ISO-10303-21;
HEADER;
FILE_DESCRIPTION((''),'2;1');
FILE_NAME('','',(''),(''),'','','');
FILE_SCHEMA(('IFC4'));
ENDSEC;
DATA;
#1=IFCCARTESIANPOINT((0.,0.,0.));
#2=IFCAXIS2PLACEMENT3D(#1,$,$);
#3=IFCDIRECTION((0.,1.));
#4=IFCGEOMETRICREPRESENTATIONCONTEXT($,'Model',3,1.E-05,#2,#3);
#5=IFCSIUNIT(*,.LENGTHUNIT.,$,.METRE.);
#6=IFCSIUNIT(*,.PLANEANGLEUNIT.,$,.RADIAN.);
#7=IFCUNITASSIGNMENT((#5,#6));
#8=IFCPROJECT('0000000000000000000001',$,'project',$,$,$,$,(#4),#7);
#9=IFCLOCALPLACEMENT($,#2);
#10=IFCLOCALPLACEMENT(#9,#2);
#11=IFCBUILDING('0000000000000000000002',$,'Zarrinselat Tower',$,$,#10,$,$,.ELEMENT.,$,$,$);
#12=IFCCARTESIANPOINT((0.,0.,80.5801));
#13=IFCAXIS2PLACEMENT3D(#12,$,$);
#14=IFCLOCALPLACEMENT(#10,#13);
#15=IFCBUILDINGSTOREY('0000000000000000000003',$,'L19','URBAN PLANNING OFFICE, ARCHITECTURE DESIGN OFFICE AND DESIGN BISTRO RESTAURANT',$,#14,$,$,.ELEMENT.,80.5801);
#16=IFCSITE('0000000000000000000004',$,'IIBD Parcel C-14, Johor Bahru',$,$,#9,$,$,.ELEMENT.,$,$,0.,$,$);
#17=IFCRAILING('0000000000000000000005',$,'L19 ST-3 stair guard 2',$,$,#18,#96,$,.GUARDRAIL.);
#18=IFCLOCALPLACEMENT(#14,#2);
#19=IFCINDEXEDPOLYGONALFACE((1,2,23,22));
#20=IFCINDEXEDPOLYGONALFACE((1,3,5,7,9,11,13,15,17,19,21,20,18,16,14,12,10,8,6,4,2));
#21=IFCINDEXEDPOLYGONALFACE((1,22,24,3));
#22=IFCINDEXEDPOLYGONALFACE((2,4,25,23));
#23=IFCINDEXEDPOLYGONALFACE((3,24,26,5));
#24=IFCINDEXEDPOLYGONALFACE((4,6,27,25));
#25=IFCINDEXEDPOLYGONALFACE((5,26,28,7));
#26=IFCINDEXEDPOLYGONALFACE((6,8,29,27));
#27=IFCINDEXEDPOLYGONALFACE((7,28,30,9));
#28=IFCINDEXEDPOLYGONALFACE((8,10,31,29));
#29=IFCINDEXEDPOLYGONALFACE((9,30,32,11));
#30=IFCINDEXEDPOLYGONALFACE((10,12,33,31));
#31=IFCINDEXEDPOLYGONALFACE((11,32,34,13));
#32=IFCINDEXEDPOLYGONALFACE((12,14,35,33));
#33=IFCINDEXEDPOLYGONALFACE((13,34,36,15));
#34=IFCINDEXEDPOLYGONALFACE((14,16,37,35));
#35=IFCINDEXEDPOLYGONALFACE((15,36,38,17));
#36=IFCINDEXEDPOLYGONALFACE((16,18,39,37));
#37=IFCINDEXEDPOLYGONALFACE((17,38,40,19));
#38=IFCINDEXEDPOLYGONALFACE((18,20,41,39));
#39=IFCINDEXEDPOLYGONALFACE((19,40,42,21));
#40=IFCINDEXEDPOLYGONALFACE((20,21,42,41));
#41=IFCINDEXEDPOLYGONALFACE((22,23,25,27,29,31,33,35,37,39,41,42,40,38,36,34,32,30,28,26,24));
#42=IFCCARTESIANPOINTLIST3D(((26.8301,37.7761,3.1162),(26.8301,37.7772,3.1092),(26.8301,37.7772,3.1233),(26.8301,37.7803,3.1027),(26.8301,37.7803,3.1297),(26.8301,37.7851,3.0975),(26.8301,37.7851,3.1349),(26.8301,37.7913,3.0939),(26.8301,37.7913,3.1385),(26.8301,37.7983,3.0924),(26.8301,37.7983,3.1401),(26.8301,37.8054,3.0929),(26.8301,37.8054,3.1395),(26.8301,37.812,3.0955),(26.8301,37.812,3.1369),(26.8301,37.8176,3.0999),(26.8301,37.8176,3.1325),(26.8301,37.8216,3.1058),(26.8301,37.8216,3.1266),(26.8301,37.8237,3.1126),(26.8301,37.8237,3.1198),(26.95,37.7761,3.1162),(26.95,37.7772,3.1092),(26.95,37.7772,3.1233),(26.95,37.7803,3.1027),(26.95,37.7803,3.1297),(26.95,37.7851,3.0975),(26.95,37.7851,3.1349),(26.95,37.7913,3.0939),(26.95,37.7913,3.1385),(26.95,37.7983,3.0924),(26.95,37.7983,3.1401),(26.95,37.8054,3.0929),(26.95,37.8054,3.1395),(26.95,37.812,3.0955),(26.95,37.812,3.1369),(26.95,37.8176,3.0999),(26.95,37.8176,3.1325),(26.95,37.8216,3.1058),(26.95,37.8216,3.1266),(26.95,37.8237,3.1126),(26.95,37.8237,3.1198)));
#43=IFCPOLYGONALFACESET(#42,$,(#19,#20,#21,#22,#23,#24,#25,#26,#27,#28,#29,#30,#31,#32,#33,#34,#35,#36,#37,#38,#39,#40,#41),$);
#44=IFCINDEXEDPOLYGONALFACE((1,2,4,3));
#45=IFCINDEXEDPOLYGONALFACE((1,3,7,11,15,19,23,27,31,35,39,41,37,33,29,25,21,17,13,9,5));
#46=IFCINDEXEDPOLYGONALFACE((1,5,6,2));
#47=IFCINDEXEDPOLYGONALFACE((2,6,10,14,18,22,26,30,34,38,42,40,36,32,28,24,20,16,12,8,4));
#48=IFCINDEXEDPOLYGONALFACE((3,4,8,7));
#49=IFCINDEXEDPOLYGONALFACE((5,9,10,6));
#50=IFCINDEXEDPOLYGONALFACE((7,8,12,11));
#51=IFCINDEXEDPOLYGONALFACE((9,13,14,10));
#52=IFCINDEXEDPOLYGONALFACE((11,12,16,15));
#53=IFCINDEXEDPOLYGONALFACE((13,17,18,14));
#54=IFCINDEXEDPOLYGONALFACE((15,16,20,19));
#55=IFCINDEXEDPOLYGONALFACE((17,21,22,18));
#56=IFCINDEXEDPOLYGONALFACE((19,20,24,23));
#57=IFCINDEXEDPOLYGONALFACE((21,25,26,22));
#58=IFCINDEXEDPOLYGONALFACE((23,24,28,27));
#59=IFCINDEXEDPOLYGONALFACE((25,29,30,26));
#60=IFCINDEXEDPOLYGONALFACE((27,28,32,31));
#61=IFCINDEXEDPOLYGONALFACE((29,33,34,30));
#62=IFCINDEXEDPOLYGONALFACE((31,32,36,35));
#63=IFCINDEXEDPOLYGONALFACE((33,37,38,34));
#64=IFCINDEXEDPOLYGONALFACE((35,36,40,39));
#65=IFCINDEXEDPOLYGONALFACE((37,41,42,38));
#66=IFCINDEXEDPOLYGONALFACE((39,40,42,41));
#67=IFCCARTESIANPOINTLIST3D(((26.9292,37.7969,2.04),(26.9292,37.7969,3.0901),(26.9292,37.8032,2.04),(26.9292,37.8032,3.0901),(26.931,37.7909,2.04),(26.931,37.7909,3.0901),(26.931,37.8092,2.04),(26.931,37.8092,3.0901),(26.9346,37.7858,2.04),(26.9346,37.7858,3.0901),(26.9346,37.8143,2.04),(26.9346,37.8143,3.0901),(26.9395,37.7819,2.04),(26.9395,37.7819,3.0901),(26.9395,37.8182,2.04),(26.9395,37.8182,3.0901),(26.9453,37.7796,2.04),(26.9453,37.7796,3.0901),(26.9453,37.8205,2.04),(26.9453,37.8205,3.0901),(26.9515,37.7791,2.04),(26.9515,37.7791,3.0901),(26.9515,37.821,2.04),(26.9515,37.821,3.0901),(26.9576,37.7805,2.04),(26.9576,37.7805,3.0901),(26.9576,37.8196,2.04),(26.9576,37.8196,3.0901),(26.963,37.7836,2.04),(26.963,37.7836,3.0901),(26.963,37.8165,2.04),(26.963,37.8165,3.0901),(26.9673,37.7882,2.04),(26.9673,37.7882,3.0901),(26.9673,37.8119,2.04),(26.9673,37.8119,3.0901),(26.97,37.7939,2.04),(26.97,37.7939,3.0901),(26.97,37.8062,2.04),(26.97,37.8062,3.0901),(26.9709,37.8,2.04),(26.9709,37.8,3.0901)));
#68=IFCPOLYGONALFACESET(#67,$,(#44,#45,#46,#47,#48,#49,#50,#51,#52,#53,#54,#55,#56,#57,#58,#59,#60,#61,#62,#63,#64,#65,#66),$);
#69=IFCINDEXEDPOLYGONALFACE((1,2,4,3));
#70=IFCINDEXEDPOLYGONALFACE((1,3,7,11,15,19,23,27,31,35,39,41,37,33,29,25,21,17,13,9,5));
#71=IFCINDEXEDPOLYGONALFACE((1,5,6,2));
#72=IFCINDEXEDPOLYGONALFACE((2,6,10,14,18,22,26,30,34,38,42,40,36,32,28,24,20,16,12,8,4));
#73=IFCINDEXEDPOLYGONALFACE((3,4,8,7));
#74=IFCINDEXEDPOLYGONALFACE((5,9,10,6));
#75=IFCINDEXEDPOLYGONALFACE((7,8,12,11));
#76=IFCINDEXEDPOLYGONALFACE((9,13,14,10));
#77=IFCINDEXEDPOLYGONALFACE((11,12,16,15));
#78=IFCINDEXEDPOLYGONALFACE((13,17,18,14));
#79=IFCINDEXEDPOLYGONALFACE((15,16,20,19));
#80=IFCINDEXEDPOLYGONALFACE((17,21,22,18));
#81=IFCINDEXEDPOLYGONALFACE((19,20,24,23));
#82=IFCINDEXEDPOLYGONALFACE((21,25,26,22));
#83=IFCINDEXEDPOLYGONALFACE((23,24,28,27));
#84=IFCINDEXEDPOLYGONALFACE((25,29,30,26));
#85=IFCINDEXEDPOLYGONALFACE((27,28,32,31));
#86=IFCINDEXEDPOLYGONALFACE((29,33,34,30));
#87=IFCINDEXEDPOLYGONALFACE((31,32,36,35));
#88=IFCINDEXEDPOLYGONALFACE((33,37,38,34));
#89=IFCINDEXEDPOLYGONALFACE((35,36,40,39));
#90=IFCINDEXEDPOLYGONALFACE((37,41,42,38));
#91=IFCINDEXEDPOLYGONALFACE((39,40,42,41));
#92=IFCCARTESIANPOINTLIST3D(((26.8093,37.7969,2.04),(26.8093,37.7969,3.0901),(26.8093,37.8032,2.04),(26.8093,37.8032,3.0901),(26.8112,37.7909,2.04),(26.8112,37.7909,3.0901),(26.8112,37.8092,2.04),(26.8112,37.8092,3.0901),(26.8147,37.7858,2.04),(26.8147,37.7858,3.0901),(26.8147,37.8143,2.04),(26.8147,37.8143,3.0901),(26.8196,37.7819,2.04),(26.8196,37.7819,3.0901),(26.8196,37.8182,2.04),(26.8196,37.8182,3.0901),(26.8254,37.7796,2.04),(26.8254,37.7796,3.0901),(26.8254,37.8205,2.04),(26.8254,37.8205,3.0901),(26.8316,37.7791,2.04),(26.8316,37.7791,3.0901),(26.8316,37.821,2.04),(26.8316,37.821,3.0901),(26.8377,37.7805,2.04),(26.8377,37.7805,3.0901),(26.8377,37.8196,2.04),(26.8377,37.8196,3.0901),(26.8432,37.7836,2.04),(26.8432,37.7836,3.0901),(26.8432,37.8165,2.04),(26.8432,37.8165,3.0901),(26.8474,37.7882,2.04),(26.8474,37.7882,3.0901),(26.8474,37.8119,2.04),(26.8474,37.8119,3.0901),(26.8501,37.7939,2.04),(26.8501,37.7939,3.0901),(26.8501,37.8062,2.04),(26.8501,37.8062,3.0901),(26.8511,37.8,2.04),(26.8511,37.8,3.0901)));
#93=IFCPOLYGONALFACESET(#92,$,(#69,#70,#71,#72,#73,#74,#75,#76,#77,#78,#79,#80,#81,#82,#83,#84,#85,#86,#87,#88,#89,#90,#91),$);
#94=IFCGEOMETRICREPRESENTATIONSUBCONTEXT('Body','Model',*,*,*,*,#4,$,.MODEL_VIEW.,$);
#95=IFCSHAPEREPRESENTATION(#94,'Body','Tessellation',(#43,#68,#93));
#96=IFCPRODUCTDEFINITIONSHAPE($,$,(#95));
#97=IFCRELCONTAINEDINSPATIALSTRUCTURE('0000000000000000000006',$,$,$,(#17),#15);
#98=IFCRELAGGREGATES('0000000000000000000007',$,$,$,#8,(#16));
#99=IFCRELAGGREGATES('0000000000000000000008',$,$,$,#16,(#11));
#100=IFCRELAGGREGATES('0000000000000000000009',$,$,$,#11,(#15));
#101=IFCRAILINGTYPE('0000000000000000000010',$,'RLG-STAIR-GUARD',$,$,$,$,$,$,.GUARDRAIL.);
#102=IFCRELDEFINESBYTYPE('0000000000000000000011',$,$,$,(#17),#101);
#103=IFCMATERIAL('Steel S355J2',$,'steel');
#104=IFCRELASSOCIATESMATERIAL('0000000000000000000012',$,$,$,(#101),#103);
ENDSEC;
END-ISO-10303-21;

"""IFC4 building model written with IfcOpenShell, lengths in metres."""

from ifc_helpers import new_model, si_unit, direction, frame, origin, origin_2d, place, context, subcontext, project, spatial, circle, extrude, material, type_object, element, save


model = new_model("IFC4")

# Units and contexts
model_context = context("Model", 3, precision=1e-05, world=origin(), true_north=direction((0.0, 1.0)))
body_context = subcontext(model_context, "Body", "Model", "MODEL_VIEW")
ifc_project = project(units=[si_unit("LENGTHUNIT", "METRE"), si_unit("PLANEANGLEUNIT", "RADIAN")], contexts=[model_context])

# Site, building, storey
site_placement = place(None, origin())
site = spatial("IfcSite", under=ifc_project, at=site_placement, Name="IIBD Parcel C-14, Johor Bahru", CompositionType="ELEMENT", RefElevation=0.0)
building_placement = place(site_placement, origin())
building = spatial("IfcBuilding", under=site, at=building_placement, Name="Zarrinselat Tower", CompositionType="ELEMENT")
storey_placement = place(building_placement, frame((0.0, 0.0, 80.5801)))
storey = spatial("IfcBuildingStorey", under=building, at=storey_placement, Name="L19", Description="URBAN PLANNING OFFICE, ARCHITECTURE DESIGN OFFICE AND DESIGN BISTRO RESTAURANT", CompositionType="ELEMENT", Elevation=80.5801)

# Railing
ifc_material_1 = material(Name="Steel S355J2", Category="steel")
railing_type_1 = type_object("IfcRailingType", Name="RLG-STAIR-GUARD", PredefinedType="GUARDRAIL", material=ifc_material_1)
railing_1_placement = place(storey_placement, frame((26.95, 37.8, 2.04)))
element("IfcRailing", 1, at=railing_1_placement, inside=storey, type_object=railing_type_1, Name="L19 ST-3 stair guard 2", PredefinedType="GUARDRAIL", context=body_context, shape_type="SweptSolid", body=[
    extrude(circle(Radius=0.0239, at=origin_2d()), frame((0.0, 0.0, 1.0762), z_axis=(-1.0, 0.0, 0.0), x_axis=(0.0, -1.0, 0.0)), (0.0, 0.0, 1.0), 0.1199),
    extrude(circle(Radius=0.021, at=origin_2d()), origin(), (0.0, 0.0, 1.0), 1.05),
    extrude(circle(Radius=0.021, at=origin_2d()), frame((-0.1199, 0.0, 0.0)), (0.0, 0.0, 1.0), 1.05),
])

save(model, "model.ifc")
